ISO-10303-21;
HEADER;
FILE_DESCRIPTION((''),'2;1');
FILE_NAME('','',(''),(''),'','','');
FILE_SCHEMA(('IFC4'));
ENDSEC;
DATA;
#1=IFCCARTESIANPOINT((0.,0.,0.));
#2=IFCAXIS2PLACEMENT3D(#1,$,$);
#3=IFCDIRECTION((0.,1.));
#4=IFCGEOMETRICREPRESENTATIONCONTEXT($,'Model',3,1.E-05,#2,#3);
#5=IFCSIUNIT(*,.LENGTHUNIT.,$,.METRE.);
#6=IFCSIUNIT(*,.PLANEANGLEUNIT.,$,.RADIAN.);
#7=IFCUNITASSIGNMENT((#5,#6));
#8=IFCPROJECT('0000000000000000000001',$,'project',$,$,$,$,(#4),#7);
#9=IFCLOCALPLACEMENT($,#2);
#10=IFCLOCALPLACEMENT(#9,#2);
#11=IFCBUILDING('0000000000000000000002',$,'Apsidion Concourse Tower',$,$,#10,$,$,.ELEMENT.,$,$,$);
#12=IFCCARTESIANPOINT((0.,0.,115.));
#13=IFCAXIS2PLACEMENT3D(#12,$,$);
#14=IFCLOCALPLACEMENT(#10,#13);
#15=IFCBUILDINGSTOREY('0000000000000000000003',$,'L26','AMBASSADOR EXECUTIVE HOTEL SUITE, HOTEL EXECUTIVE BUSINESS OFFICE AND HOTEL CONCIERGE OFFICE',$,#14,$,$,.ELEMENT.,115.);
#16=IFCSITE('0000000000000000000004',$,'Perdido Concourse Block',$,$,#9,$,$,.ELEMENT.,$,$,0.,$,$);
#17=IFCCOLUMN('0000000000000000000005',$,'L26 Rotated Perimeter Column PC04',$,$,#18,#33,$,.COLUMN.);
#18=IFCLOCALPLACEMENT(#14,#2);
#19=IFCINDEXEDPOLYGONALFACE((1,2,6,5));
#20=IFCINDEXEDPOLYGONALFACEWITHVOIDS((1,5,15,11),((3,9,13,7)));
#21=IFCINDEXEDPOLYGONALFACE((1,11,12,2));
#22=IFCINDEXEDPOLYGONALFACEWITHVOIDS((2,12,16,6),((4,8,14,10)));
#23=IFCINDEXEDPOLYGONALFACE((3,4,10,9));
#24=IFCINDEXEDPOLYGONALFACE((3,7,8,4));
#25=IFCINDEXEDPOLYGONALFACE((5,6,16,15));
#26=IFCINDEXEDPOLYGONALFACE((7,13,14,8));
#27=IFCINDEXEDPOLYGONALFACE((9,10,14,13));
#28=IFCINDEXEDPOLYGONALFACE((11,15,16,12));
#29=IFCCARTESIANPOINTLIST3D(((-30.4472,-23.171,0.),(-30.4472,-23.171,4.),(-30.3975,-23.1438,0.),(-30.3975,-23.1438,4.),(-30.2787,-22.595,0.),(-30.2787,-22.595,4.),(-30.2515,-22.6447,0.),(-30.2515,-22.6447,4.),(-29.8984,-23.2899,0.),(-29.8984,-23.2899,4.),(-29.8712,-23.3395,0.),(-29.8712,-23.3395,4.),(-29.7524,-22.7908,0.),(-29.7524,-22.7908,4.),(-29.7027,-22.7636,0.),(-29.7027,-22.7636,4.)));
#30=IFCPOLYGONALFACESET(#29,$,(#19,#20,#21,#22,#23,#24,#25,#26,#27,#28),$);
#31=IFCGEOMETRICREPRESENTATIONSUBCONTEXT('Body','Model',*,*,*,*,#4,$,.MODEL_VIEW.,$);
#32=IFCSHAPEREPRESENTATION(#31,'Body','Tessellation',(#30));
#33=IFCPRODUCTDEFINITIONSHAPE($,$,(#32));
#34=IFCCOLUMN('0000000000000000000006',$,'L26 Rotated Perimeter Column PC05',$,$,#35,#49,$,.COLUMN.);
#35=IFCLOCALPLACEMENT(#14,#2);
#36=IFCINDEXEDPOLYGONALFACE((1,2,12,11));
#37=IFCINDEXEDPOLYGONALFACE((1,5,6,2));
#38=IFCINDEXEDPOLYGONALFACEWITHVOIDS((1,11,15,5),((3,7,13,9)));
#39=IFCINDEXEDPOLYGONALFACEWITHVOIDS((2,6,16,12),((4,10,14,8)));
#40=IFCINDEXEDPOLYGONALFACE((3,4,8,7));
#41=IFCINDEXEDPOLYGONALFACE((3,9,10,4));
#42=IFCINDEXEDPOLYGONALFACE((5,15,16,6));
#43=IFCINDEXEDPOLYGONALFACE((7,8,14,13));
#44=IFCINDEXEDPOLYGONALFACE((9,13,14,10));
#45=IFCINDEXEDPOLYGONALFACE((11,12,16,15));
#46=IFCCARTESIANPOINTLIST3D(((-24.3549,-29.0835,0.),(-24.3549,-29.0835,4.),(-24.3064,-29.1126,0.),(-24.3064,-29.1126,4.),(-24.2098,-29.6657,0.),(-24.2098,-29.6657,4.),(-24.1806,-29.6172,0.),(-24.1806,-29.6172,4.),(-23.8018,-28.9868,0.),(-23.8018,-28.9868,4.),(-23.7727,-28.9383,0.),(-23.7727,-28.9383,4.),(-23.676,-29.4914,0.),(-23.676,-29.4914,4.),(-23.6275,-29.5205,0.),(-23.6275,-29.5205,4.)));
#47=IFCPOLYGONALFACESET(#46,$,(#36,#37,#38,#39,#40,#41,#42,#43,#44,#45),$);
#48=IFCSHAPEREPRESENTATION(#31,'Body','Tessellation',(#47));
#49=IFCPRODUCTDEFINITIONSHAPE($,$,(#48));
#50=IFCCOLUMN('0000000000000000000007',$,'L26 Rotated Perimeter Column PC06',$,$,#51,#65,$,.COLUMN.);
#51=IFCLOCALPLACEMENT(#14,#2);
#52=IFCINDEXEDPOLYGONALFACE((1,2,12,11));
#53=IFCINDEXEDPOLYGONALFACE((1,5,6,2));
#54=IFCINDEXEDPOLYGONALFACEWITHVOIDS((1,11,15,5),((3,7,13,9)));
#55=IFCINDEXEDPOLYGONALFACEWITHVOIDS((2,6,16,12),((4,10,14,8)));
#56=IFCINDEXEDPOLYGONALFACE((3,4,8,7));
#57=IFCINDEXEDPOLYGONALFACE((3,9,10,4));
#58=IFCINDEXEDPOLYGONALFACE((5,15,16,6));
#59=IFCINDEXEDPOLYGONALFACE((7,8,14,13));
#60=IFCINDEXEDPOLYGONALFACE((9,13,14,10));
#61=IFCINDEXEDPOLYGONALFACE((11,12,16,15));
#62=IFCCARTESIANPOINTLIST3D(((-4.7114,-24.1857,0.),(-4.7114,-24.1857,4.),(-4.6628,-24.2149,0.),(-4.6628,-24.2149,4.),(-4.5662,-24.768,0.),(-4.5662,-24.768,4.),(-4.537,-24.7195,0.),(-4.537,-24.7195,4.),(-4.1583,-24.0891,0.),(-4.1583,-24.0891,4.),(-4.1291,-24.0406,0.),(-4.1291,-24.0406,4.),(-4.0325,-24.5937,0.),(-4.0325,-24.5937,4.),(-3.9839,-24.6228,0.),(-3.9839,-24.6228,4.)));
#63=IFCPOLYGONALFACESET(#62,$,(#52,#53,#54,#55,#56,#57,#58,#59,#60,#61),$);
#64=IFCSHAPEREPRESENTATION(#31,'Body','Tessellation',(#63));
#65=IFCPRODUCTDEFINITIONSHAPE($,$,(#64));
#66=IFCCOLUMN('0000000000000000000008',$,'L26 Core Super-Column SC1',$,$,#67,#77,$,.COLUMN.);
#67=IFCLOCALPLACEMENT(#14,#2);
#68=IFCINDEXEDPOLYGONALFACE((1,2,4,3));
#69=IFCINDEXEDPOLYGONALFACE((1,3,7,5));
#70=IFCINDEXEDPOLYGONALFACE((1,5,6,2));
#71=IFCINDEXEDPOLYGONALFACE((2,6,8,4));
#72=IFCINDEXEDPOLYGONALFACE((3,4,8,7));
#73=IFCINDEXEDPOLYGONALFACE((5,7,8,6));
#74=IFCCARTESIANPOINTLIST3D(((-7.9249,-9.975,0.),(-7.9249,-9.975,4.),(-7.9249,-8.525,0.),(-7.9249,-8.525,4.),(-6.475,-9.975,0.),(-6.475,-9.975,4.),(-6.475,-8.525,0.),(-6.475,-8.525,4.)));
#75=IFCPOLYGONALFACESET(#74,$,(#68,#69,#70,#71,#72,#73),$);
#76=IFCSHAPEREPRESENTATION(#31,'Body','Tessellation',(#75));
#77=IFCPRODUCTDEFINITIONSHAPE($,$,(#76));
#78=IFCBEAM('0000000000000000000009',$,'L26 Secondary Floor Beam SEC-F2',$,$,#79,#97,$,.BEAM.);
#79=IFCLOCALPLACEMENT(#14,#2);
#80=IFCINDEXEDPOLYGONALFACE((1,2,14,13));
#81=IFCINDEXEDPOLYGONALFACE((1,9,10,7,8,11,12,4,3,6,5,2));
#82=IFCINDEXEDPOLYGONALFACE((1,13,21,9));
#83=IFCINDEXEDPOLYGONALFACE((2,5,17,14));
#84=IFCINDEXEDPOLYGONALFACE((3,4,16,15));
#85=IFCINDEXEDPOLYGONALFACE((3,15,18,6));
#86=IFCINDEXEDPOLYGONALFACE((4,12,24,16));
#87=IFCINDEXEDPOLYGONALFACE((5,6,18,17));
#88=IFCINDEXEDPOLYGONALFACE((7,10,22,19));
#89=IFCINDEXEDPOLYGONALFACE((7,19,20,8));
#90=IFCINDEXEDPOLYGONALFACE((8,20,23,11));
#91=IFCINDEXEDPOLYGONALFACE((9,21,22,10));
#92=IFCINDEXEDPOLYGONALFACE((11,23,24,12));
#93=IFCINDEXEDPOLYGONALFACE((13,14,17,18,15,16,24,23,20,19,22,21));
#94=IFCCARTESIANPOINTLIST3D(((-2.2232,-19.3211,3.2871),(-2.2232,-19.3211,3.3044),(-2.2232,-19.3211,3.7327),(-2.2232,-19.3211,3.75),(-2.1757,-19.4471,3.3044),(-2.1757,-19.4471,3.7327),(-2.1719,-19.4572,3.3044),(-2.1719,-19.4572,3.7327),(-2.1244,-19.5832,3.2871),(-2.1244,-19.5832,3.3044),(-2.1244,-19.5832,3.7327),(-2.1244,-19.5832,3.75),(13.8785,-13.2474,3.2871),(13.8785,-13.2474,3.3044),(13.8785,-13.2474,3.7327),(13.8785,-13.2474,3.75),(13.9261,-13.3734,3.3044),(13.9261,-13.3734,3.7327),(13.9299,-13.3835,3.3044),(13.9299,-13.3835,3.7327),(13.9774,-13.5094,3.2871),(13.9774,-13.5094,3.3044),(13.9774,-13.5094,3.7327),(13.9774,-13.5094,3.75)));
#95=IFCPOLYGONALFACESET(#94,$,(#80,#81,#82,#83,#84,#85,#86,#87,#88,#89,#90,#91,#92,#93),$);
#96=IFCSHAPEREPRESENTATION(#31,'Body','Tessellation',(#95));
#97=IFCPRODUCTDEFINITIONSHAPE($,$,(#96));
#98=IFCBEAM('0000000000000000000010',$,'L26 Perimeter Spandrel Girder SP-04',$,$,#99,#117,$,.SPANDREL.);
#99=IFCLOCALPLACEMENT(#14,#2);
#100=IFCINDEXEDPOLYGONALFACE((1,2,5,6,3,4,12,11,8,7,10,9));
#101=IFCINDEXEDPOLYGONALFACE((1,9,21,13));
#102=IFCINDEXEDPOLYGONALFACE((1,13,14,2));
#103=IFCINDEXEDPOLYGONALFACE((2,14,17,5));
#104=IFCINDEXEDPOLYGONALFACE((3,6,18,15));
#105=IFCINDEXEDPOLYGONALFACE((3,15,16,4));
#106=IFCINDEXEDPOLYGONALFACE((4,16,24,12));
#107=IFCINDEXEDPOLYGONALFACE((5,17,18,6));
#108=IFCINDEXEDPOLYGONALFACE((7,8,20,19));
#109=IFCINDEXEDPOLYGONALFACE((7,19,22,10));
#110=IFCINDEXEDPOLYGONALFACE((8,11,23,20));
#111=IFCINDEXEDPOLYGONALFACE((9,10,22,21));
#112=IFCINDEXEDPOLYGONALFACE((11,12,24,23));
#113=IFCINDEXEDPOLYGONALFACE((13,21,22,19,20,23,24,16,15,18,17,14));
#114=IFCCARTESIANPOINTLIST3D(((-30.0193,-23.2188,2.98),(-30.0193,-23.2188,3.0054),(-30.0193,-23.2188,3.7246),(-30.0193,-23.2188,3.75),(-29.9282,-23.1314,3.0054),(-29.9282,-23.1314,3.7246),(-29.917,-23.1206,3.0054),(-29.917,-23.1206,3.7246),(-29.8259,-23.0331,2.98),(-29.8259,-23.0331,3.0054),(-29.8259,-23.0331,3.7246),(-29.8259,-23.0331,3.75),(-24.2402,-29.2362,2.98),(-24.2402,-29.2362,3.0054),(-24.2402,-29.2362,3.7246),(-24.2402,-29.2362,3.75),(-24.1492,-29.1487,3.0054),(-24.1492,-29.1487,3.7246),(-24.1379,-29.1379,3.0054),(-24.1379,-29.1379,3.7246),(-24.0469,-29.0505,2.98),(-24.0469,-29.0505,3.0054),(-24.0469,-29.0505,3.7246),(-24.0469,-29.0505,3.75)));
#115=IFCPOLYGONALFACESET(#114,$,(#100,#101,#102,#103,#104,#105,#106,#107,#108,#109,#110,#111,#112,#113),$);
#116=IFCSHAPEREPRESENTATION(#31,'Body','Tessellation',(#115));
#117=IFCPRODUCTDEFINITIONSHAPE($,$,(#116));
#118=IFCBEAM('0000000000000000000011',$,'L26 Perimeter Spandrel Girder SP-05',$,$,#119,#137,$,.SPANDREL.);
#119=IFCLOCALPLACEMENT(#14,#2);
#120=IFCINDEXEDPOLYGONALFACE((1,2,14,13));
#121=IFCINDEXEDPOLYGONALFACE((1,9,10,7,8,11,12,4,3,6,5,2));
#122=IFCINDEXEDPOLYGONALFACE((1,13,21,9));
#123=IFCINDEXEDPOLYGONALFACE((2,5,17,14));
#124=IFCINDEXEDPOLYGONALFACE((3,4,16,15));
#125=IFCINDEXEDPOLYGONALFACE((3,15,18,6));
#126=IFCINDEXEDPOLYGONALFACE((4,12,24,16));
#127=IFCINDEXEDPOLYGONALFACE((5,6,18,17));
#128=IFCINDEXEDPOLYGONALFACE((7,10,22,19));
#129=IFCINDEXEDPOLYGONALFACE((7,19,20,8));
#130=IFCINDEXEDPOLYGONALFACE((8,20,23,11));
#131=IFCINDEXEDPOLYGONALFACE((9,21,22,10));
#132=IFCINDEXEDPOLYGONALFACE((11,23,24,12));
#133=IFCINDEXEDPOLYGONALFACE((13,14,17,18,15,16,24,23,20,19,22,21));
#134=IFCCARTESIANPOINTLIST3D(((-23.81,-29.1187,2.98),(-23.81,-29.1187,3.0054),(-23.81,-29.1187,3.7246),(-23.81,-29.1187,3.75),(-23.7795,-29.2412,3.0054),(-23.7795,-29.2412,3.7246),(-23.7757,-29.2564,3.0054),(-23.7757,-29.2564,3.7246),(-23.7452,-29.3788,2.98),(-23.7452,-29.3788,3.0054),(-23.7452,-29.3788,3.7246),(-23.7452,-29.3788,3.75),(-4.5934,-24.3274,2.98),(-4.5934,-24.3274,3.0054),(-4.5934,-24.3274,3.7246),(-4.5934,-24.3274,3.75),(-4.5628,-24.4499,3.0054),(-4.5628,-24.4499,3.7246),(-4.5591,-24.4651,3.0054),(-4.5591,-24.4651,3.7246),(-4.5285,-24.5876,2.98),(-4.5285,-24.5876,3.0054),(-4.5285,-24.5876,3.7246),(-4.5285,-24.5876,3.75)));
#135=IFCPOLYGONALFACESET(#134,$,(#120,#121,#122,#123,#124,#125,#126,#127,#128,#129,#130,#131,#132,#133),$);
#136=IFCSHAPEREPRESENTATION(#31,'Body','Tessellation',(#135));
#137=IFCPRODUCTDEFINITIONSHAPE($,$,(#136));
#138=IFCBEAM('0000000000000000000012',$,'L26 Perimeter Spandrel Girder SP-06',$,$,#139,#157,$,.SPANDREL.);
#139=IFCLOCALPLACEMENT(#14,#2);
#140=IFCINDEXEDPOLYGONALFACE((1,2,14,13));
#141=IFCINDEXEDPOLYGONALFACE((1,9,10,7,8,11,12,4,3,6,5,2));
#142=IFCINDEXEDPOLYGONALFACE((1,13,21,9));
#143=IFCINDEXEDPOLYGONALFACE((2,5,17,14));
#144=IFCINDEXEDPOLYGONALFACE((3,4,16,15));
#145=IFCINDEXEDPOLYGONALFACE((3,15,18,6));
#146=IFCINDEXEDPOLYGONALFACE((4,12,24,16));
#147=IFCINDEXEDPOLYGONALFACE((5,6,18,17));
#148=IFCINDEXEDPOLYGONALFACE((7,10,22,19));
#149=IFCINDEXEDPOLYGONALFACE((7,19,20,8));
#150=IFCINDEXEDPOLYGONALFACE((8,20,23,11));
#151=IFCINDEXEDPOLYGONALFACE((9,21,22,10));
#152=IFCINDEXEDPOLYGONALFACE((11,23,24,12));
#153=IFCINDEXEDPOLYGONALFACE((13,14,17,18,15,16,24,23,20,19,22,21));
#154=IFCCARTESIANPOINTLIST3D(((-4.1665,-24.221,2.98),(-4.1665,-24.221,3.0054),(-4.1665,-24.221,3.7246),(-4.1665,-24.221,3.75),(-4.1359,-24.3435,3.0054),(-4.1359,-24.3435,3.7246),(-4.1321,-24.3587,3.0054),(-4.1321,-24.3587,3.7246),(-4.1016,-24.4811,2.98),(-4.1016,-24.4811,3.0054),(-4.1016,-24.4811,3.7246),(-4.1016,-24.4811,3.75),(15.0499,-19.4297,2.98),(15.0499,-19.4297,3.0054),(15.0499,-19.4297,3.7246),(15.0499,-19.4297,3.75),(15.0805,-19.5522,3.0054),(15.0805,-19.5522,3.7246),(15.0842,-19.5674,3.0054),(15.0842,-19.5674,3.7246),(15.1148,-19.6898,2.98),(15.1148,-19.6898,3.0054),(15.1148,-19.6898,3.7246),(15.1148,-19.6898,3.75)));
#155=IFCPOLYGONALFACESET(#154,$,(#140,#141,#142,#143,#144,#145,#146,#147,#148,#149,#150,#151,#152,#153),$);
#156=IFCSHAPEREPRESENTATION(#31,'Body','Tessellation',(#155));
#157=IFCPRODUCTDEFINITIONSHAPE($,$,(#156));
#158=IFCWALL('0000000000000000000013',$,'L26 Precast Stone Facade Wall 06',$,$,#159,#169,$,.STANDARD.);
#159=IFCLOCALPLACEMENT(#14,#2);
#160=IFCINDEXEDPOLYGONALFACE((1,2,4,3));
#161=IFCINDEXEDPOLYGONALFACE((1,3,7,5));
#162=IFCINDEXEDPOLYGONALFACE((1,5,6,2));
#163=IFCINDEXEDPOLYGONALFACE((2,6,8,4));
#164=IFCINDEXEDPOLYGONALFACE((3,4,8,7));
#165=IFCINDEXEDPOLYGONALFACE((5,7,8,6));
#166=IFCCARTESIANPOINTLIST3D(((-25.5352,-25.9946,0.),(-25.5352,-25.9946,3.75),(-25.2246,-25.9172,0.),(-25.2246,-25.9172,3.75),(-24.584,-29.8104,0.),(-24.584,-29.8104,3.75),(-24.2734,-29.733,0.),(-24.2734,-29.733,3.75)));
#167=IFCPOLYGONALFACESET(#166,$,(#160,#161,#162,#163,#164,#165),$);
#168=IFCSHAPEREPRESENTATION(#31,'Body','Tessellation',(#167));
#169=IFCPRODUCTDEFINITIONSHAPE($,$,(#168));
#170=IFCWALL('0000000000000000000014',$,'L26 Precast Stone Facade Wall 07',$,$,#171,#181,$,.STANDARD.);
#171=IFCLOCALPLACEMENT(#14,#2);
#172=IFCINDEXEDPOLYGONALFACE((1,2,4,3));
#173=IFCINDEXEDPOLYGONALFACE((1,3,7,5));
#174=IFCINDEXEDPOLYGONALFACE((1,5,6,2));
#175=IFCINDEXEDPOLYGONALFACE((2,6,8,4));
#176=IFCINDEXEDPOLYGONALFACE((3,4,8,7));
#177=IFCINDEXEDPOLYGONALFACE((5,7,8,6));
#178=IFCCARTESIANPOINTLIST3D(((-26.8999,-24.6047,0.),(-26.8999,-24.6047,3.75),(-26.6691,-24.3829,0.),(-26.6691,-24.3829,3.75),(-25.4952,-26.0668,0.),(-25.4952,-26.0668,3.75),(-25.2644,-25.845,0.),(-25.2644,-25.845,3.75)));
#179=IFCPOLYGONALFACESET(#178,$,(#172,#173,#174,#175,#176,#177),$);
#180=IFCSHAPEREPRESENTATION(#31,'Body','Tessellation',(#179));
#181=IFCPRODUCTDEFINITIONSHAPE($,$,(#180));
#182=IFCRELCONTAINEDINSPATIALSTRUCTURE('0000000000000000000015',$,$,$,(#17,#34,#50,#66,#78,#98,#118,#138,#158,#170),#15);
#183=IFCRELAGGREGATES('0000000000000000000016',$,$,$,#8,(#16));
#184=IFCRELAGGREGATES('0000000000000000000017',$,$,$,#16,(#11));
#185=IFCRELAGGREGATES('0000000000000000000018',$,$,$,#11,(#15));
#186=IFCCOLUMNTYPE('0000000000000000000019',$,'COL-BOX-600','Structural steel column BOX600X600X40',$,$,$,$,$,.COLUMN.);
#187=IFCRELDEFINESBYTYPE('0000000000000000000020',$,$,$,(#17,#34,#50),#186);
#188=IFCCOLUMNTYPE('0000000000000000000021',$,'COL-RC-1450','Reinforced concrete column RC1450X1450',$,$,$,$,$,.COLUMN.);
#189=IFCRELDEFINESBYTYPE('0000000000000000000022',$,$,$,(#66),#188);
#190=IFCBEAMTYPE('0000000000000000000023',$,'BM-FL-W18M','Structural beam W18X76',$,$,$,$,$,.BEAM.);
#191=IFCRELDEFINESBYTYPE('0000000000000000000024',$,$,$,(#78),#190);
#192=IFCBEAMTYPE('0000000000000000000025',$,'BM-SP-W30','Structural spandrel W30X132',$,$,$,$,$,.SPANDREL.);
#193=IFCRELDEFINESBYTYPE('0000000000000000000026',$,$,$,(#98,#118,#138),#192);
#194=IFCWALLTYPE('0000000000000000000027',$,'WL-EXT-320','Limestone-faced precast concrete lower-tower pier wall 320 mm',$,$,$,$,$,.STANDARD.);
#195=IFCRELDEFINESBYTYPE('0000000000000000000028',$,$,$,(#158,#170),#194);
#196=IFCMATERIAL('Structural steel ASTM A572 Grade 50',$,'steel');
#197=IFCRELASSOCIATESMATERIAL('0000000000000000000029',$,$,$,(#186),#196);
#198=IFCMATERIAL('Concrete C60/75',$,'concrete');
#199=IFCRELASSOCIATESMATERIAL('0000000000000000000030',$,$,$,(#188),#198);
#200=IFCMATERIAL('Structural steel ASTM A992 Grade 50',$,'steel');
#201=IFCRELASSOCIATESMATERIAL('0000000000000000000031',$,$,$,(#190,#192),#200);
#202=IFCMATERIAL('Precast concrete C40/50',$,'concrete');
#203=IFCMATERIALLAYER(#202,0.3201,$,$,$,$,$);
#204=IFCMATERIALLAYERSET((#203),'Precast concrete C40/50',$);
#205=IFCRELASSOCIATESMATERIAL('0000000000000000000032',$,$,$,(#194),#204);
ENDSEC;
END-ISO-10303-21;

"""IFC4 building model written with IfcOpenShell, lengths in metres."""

from ifc_helpers import new_model, si_unit, direction, frame, frame_2d, origin, origin_2d, place, context, subcontext, project, spatial, rectangle, hollow_rectangle, i_section, extrude, material, layer, layer_set, material_profile, profile_set, type_object, element, save


model = new_model("IFC4")

# Units and contexts
model_context = context("Model", 3, precision=1e-05, world=origin(), true_north=direction((0.0, 1.0)))
body_context = subcontext(model_context, "Body", "Model", "MODEL_VIEW")
ifc_project = project(units=[si_unit("LENGTHUNIT", "METRE"), si_unit("PLANEANGLEUNIT", "RADIAN")], contexts=[model_context])

# Site, building, storey
site_placement = place(None, origin())
site = spatial("IfcSite", under=ifc_project, at=site_placement, Name="Perdido Concourse Block", CompositionType="ELEMENT", RefElevation=0.0)
building_placement = place(site_placement, origin())
building = spatial("IfcBuilding", under=site, at=building_placement, Name="Apsidion Concourse Tower", CompositionType="ELEMENT")
storey_placement = place(building_placement, frame((0.0, 0.0, 115.0)))
storey = spatial("IfcBuildingStorey", under=building, at=storey_placement, Name="L26", Description="AMBASSADOR EXECUTIVE HOTEL SUITE, HOTEL EXECUTIVE BUSINESS OFFICE AND HOTEL CONCIERGE OFFICE", CompositionType="ELEMENT", Elevation=115.0)

# Columns
ifc_material_1 = material(Name="Structural steel ASTM A572 Grade 50", Category="steel")
ifc_material_profile_1 = material_profile(ifc_material_1, hollow_rectangle(XDim=0.6001, YDim=0.6001, WallThickness=0.04, at=origin_2d()), Name="BOX600X600X40")
ifc_profile_set_1 = profile_set([ifc_material_profile_1], Name="Structural steel ASTM A572 Grade 50")
column_type_1 = type_object("IfcColumnType", Name="COL-BOX-600", Description="Structural steel column BOX600X600X40", PredefinedType="COLUMN", material=ifc_profile_set_1)
for number, where, z_axis, x_axis, name in (
    (1, (-30.075, -22.9673, 0.0), (0.0, 0.0, 1.0), (0.280834, 0.959756, 0.0), "L26 Rotated Perimeter Column PC04"),
    (2, (-23.9912, -29.302, 0.0), (0.0, 0.0, 1.0), (0.970296, 0.241922, 0.0), "L26 Rotated Perimeter Column PC05"),
    (3, (-4.3477, -24.4043, 0.0), (0.0, 0.0, 1.0), (0.970296, 0.241922, 0.0), "L26 Rotated Perimeter Column PC06"),
):
    element("IfcColumn", number, at=place(storey_placement, frame(where, z_axis=z_axis, x_axis=x_axis)), inside=storey, type_object=column_type_1, Name=name, PredefinedType="COLUMN", context=body_context, shape_type="SweptSolid", body=[
        extrude(hollow_rectangle(XDim=0.6001, YDim=0.6001, WallThickness=0.04, at=origin_2d()), origin(), (0.0, 0.0, 1.0), 4.0),
    ])
ifc_material_2 = material(Name="Concrete C60/75", Category="concrete")
ifc_material_profile_2 = material_profile(ifc_material_2, rectangle(XDim=1.45, YDim=1.45, at=origin_2d()), Name="RC 1450x1450")
ifc_profile_set_2 = profile_set([ifc_material_profile_2], Name="Concrete C60/75")
column_type_2 = type_object("IfcColumnType", Name="COL-RC-1450", Description="Reinforced concrete column RC1450X1450", PredefinedType="COLUMN", material=ifc_profile_set_2)
column_placement = place(storey_placement, frame((-7.2, -9.25, 0.0), z_axis=(0.0, 0.0, 1.0), x_axis=(1.0, 0.0, 0.0)))
element("IfcColumn", 4, at=column_placement, inside=storey, type_object=column_type_2, Name="L26 Core Super-Column SC1", PredefinedType="COLUMN", context=body_context, shape_type="SweptSolid", body=[
    extrude(rectangle(XDim=1.45, YDim=1.45, at=origin_2d()), origin(), (0.0, 0.0, 1.0), 4.0),
])

# Beams
ifc_material_3 = material(Name="Structural steel ASTM A992 Grade 50", Category="steel")
ifc_material_profile_3 = material_profile(ifc_material_3, i_section(OverallWidth=0.28, OverallDepth=0.4629, WebThickness=0.0107, FlangeThickness=0.0173, at=origin_2d()), Name="W18X76")
ifc_profile_set_3 = profile_set([ifc_material_profile_3], Name="Structural steel ASTM A992 Grade 50")
beam_type_1 = type_object("IfcBeamType", Name="BM-FL-W18M", Description="Structural beam W18X76", PredefinedType="BEAM", material=ifc_profile_set_3)
beam_1_placement = place(storey_placement, frame((-2.1738, -19.4521, 3.5186), z_axis=(0.935648, 0.352934, 0.0), x_axis=(-0.352934, 0.935648, 0.0)))
element("IfcBeam", 5, at=beam_1_placement, inside=storey, type_object=beam_type_1, Name="L26 Secondary Floor Beam SEC-F2", PredefinedType="BEAM", context=body_context, shape_type="SweptSolid", body=[
    extrude(i_section(OverallWidth=0.28, OverallDepth=0.4629, WebThickness=0.0107, FlangeThickness=0.0173, at=origin_2d()), origin(), (0.0, 0.0, 1.0), 17.2092),
])
ifc_material_profile_4 = material_profile(ifc_material_3, i_section(OverallWidth=0.2681, OverallDepth=0.77, WebThickness=0.0156, FlangeThickness=0.0254, at=origin_2d()), Name="W30X132")
ifc_profile_set_4 = profile_set([ifc_material_profile_4], Name="Structural steel ASTM A992 Grade 50")
beam_type_2 = type_object("IfcBeamType", Name="BM-SP-W30", Description="Structural spandrel W30X132", PredefinedType="SPANDREL", material=ifc_profile_set_4)
beam_2_placement = place(storey_placement, frame((-29.9226, -23.126, 3.365), z_axis=(0.692682, -0.721243, 0.0), x_axis=(0.721243, 0.692682, 0.0)))
element("IfcBeam", 6, at=beam_2_placement, inside=storey, type_object=beam_type_2, Name="L26 Perimeter Spandrel Girder SP-04", PredefinedType="SPANDREL", context=body_context, shape_type="SweptSolid", body=[
    extrude(i_section(OverallWidth=0.2681, OverallDepth=0.77, WebThickness=0.0156, FlangeThickness=0.0254, at=origin_2d()), origin(), (0.0, 0.0, 1.0), 8.343),
])
beam_3_placement = place(storey_placement, frame((-23.7776, -29.2488, 3.365), z_axis=(0.970295, 0.241924, 0.0), x_axis=(-0.241924, 0.970295, 0.0)))
element("IfcBeam", 7, at=beam_3_placement, inside=storey, type_object=beam_type_2, Name="L26 Perimeter Spandrel Girder SP-05", PredefinedType="SPANDREL", context=body_context, shape_type="SweptSolid", body=[
    extrude(i_section(OverallWidth=0.2681, OverallDepth=0.77, WebThickness=0.0156, FlangeThickness=0.0254, at=origin_2d()), origin(), (0.0, 0.0, 1.0), 19.8049),
])
beam_4_placement = place(storey_placement, frame((-4.134, -24.3511, 3.365), z_axis=(0.970295, 0.241926, 0.0), x_axis=(-0.241926, 0.970295, 0.0)))
element("IfcBeam", 8, at=beam_4_placement, inside=storey, type_object=beam_type_2, Name="L26 Perimeter Spandrel Girder SP-06", PredefinedType="SPANDREL", context=body_context, shape_type="SweptSolid", body=[
    extrude(i_section(OverallWidth=0.2681, OverallDepth=0.77, WebThickness=0.0156, FlangeThickness=0.0254, at=origin_2d()), origin(), (0.0, 0.0, 1.0), 19.8047),
])

# Walls
ifc_material_4 = material(Name="Precast concrete C40/50", Category="concrete")
ifc_layer_1 = layer(ifc_material_4, 0.3201)
ifc_layer_set_1 = layer_set([ifc_layer_1], Name="Precast concrete C40/50")
wall_type_1 = type_object("IfcWallType", Name="WL-EXT-320", Description="Limestone-faced precast concrete lower-tower pier wall 320 mm", PredefinedType="STANDARD", material=ifc_layer_set_1)
wall_1_placement = place(storey_placement, frame((-24.4287, -29.7717, 0.0), z_axis=(0.0, 0.0, 1.0), x_axis=(-0.241864, 0.97031, 0.0)))
element("IfcWall", 9, at=wall_1_placement, inside=storey, type_object=wall_type_1, Name="L26 Precast Stone Facade Wall 06", PredefinedType="STANDARD", context=body_context, shape_type="SweptSolid", body=[
    extrude(rectangle(XDim=3.9326, YDim=0.3201, at=frame_2d((1.9663, 0.0))), origin(), (0.0, 0.0, 1.0), 3.75),
])
wall_2_placement = place(storey_placement, frame((-25.3799, -25.9558, 0.0), z_axis=(0.0, 0.0, 1.0), x_axis=(-0.692818, 0.721113, 0.0)))
element("IfcWall", 10, at=wall_2_placement, inside=storey, type_object=wall_type_1, Name="L26 Precast Stone Facade Wall 07", PredefinedType="STANDARD", context=body_context, shape_type="SweptSolid", body=[
    extrude(rectangle(XDim=2.0276, YDim=0.3201, at=frame_2d((1.0137, 0.0))), origin(), (0.0, 0.0, 1.0), 3.75),
])

save(model, "model.ifc")
